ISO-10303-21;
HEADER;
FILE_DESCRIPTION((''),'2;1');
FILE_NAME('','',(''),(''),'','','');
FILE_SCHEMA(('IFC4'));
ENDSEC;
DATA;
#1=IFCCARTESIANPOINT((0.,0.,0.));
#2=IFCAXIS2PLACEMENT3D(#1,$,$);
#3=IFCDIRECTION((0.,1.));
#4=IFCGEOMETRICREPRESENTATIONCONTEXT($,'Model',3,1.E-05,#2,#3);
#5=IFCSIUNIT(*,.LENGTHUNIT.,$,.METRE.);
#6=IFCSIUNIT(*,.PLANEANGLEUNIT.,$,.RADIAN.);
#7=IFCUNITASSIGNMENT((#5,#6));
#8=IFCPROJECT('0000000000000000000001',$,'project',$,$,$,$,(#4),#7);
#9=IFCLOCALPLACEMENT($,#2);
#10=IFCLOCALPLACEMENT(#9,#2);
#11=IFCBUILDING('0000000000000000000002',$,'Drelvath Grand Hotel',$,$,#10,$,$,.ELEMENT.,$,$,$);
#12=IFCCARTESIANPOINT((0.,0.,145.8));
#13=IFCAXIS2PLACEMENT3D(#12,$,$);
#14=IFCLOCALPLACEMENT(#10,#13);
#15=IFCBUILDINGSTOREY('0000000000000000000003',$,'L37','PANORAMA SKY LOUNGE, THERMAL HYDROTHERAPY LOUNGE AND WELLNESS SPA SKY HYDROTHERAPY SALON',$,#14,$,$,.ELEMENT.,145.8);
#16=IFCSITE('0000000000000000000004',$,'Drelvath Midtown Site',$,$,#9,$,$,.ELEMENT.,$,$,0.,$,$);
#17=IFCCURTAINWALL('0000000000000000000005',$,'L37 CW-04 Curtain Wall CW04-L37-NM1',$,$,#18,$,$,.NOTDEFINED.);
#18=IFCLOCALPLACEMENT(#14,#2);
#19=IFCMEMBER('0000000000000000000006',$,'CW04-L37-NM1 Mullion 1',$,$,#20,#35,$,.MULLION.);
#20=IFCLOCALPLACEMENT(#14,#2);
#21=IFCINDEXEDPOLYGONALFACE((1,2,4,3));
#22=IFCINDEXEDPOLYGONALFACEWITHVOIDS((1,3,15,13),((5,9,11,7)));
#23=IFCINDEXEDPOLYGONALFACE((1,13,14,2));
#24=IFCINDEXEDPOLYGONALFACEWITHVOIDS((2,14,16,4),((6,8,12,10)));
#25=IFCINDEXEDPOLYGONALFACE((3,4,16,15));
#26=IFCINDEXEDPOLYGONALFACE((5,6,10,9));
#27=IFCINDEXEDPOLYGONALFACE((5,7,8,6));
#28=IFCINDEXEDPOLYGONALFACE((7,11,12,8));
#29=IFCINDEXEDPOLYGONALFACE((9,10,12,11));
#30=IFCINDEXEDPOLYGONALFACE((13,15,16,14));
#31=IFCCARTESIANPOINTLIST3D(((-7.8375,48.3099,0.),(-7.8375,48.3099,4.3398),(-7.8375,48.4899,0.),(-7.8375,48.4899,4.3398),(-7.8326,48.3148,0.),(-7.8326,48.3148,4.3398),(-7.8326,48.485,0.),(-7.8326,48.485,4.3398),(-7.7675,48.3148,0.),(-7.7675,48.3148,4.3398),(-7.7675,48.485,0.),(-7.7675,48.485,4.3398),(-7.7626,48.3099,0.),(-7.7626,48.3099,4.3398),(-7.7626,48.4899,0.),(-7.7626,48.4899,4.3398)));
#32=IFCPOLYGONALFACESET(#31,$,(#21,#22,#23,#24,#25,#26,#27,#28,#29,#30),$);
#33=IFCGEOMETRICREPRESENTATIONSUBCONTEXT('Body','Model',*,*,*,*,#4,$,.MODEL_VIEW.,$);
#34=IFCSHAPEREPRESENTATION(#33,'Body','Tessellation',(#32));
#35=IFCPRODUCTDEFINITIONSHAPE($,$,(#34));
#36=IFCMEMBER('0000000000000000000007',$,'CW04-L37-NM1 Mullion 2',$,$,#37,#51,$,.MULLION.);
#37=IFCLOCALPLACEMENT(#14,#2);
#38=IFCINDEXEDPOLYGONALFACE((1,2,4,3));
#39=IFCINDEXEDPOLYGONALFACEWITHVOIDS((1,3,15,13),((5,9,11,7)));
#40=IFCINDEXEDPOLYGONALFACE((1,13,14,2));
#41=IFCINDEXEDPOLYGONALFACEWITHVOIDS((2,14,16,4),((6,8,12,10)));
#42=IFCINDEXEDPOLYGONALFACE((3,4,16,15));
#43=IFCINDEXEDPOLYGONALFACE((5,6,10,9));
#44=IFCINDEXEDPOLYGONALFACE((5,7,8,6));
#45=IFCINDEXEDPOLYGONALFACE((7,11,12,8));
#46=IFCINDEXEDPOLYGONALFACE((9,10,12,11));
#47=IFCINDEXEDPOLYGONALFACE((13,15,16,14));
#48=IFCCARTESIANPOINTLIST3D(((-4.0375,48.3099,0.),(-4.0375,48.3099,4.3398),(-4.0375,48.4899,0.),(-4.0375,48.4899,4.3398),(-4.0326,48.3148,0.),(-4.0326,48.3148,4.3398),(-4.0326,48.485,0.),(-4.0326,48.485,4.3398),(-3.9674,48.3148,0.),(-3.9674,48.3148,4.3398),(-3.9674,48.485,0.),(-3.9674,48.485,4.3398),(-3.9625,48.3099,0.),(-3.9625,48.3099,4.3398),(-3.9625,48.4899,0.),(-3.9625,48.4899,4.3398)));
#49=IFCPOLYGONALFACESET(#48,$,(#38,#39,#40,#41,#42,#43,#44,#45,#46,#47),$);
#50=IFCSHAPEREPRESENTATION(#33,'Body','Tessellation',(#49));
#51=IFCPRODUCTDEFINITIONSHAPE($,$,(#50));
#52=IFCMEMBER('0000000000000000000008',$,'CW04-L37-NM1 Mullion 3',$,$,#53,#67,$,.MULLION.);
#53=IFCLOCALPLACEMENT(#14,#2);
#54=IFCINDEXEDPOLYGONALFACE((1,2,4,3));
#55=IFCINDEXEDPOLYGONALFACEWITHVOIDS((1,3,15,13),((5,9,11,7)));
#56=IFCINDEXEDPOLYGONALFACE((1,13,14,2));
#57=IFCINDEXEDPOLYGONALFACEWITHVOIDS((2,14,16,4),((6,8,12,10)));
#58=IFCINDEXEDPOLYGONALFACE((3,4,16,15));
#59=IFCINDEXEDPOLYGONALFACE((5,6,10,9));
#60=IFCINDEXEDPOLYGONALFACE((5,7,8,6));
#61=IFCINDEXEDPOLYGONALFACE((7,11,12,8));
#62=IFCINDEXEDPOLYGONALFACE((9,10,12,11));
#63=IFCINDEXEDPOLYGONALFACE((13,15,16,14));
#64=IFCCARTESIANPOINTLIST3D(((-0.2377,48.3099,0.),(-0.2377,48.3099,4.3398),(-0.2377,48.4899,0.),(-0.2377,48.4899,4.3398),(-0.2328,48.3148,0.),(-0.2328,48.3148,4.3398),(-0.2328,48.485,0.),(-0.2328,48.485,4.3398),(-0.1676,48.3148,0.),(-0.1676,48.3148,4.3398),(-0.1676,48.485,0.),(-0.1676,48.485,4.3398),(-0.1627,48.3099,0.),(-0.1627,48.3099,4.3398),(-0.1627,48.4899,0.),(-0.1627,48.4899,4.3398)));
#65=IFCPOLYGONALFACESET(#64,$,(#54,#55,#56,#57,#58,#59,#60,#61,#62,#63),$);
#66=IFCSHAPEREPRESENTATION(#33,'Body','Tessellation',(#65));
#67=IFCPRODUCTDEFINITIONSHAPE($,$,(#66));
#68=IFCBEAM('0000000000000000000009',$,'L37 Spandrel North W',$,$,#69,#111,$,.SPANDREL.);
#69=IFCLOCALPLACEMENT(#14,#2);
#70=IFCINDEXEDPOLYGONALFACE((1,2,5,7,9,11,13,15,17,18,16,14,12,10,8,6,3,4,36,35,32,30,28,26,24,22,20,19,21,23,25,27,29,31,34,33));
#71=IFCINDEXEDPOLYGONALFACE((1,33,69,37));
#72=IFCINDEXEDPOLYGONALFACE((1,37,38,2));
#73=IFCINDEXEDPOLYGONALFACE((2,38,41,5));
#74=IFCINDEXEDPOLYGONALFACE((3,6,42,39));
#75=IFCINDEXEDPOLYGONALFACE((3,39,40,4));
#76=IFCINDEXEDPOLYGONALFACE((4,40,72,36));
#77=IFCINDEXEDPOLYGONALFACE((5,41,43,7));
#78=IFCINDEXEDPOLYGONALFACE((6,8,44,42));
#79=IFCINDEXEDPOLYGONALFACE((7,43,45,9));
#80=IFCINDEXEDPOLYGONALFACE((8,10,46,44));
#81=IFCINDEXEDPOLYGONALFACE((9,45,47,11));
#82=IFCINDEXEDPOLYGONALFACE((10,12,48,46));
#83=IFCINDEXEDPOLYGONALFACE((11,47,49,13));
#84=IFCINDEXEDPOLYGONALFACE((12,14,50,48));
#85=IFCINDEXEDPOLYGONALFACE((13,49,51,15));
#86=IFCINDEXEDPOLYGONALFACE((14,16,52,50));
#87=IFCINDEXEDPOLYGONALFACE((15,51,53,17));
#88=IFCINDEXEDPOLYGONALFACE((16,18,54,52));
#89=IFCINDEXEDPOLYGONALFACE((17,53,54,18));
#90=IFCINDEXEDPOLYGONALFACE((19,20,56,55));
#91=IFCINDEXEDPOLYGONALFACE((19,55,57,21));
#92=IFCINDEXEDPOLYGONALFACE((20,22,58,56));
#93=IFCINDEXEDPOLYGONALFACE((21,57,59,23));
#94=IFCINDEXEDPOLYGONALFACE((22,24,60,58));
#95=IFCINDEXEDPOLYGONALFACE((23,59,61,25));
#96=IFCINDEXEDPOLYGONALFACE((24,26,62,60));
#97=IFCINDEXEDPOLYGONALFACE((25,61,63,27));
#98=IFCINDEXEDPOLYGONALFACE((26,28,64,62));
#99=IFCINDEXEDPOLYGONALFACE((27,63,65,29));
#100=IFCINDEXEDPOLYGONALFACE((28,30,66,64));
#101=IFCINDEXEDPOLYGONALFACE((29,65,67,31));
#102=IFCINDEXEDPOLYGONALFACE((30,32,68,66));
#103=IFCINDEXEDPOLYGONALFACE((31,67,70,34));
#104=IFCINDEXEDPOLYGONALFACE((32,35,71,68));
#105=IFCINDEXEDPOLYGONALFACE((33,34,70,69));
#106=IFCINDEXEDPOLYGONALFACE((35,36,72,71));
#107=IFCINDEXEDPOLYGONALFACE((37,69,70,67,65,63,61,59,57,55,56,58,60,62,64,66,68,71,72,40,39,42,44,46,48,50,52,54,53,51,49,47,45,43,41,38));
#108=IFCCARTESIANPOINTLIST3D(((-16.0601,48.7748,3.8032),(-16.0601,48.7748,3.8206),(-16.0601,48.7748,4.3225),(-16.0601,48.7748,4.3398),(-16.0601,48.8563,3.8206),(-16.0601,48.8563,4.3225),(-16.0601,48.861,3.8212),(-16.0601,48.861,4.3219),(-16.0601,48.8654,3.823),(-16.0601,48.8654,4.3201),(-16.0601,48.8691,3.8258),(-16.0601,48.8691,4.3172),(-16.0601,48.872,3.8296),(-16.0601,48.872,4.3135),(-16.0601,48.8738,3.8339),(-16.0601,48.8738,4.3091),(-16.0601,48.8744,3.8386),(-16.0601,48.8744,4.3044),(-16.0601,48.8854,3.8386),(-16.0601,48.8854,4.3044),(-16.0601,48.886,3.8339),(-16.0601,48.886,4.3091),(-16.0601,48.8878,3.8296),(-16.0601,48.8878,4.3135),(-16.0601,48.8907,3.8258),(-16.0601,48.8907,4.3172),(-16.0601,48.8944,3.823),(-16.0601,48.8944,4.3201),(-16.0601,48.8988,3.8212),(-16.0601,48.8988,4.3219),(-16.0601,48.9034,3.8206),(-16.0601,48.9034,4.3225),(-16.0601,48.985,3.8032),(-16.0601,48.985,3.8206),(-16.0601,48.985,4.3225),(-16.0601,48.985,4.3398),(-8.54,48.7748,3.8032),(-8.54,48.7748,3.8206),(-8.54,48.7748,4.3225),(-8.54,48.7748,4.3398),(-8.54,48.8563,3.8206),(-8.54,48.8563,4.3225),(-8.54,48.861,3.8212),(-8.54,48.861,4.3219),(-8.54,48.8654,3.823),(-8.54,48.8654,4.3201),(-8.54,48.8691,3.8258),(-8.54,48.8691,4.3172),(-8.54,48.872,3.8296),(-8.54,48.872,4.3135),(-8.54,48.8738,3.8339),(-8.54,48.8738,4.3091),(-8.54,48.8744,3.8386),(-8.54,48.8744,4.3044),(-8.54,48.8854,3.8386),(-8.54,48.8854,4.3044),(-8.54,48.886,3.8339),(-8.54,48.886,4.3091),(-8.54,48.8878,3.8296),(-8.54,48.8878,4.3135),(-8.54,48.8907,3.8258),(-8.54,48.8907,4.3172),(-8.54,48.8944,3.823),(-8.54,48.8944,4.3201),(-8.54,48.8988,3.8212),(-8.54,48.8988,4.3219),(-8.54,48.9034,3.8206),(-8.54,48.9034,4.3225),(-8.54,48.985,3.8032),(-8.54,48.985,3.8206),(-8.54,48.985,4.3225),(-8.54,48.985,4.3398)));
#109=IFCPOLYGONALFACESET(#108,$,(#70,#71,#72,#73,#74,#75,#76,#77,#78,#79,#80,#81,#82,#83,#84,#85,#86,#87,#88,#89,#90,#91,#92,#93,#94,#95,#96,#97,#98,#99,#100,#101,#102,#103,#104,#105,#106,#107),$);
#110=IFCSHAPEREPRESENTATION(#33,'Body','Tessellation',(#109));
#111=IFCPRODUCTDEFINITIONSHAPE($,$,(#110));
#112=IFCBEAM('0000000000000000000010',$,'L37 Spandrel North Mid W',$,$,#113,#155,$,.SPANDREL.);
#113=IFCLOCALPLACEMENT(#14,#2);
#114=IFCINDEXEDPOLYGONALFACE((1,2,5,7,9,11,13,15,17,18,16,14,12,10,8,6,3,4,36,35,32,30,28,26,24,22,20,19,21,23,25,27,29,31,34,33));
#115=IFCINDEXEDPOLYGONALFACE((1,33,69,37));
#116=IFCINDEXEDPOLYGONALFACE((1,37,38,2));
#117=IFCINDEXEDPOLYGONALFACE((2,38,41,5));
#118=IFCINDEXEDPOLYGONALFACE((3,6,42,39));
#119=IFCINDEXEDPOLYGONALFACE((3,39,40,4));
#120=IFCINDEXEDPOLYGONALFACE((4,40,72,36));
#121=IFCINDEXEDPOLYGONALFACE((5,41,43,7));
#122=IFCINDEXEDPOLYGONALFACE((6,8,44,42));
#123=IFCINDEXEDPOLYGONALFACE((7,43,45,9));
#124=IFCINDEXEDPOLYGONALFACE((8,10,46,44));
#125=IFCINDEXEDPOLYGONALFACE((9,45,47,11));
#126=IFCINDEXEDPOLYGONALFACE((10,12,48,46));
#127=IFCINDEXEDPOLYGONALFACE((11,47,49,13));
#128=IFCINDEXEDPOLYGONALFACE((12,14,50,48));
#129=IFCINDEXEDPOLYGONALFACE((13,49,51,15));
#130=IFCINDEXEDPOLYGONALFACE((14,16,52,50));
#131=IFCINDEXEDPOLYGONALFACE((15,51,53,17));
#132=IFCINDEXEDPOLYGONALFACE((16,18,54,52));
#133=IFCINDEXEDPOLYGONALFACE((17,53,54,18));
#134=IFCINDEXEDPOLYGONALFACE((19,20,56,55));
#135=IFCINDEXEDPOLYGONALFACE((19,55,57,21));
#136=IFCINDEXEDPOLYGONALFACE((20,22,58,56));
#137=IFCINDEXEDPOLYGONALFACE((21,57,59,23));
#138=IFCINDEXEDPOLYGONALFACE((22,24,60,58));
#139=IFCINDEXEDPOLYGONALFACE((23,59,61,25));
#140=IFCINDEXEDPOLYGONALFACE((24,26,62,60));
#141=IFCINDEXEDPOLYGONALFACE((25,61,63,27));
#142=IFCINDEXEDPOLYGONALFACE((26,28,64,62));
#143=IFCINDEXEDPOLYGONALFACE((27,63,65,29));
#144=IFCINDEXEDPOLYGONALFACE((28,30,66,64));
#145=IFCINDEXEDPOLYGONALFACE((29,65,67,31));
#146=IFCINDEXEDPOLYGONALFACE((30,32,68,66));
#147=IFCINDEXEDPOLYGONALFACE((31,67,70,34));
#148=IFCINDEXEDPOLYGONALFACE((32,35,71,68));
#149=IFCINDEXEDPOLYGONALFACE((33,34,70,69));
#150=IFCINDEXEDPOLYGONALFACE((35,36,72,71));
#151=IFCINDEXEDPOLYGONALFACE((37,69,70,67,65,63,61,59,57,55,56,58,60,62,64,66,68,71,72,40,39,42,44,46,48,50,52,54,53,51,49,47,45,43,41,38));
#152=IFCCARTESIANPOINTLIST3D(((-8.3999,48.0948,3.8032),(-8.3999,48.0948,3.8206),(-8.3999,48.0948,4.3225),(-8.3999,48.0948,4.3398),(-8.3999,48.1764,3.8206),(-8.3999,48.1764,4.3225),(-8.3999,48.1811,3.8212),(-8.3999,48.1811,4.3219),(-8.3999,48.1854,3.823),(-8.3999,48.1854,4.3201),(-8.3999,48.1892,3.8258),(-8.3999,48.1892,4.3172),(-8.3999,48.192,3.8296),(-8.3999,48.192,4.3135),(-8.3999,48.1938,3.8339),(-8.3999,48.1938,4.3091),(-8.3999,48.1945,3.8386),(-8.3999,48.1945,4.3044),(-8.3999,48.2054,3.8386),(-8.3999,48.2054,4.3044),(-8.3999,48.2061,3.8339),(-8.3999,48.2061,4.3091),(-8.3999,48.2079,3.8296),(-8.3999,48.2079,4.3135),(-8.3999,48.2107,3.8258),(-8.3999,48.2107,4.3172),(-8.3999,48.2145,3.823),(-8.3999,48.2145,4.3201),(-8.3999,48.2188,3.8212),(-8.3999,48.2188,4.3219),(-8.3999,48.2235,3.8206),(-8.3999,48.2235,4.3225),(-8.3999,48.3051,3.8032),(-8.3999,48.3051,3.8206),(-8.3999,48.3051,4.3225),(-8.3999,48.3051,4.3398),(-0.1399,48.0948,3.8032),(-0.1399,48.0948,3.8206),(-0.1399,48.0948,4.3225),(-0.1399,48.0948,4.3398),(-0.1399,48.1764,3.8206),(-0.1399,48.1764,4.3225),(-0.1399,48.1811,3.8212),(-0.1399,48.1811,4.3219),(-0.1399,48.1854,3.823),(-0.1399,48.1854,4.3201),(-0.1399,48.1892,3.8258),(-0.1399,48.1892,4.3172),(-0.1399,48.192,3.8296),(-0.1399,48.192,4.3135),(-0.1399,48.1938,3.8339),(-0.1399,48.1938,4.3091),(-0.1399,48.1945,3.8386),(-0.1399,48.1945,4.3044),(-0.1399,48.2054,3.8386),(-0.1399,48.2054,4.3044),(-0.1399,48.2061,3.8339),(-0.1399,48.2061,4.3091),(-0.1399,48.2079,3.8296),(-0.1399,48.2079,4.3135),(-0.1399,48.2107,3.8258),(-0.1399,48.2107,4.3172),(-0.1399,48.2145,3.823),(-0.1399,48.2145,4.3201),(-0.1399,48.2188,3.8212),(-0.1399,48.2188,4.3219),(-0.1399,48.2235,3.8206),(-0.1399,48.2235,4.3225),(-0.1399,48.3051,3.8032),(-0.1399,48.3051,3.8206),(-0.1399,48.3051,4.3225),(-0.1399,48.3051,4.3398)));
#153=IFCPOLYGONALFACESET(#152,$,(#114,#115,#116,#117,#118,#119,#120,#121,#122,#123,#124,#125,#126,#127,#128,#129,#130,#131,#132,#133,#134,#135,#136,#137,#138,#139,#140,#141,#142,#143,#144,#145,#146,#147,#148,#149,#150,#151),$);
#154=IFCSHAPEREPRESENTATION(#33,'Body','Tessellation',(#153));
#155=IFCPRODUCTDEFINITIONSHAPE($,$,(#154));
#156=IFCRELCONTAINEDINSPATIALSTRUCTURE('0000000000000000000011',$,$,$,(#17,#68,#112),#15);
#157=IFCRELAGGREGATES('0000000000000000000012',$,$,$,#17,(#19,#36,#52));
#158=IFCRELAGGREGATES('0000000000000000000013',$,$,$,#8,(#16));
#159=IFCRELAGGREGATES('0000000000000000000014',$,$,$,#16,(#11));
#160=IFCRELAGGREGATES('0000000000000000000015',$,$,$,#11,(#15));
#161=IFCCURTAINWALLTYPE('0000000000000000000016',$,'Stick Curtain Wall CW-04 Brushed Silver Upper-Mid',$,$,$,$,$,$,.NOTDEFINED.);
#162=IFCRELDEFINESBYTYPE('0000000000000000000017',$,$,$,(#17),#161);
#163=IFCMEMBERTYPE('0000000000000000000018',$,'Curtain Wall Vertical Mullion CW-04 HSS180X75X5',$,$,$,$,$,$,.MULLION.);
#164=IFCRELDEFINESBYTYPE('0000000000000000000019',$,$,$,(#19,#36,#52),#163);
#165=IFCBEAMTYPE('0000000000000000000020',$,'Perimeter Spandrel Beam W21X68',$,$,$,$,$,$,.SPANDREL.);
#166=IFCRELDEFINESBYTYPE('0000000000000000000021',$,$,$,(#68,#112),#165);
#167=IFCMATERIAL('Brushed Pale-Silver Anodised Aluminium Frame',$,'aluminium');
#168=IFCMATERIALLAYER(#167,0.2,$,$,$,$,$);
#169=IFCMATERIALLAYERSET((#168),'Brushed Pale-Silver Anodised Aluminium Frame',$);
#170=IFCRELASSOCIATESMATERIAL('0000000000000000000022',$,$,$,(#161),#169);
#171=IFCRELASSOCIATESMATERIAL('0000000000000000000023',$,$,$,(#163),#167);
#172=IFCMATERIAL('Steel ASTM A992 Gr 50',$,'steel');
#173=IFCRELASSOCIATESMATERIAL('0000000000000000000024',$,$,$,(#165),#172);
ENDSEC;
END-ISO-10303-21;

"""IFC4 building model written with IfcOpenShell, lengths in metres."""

from ifc_helpers import new_model, si_unit, direction, frame, origin, origin_2d, place, context, subcontext, project, spatial, hollow_rectangle, i_section, extrude, material, layer, layer_set, material_profile, profile_set, type_object, element, aggregate, save


model = new_model("IFC4")

# Units and contexts
model_context = context("Model", 3, precision=1e-05, world=origin(), true_north=direction((0.0, 1.0)))
body_context = subcontext(model_context, "Body", "Model", "MODEL_VIEW")
ifc_project = project(units=[si_unit("LENGTHUNIT", "METRE"), si_unit("PLANEANGLEUNIT", "RADIAN")], contexts=[model_context])

# Site, building, storey
site_placement = place(None, origin())
site = spatial("IfcSite", under=ifc_project, at=site_placement, Name="Drelvath Midtown Site", CompositionType="ELEMENT", RefElevation=0.0)
building_placement = place(site_placement, origin())
building = spatial("IfcBuilding", under=site, at=building_placement, Name="Drelvath Grand Hotel", CompositionType="ELEMENT")
storey_placement = place(building_placement, frame((0.0, 0.0, 145.8)))
storey = spatial("IfcBuildingStorey", under=building, at=storey_placement, Name="L37", Description="PANORAMA SKY LOUNGE, THERMAL HYDROTHERAPY LOUNGE AND WELLNESS SPA SKY HYDROTHERAPY SALON", CompositionType="ELEMENT", Elevation=145.8)

# Shared definitions
ifc_material_1 = material(Name="Steel ASTM A992 Gr 50", Category="steel")

# Curtain wall, members
ifc_material_2 = material(Name="Brushed Pale-Silver Anodised Aluminium Frame", Category="aluminium")
ifc_layer_1 = layer(ifc_material_2, 0.2)
ifc_layer_set_1 = layer_set([ifc_layer_1], Name="Brushed Pale-Silver Anodised Aluminium Frame")
curtain_wall_type = type_object("IfcCurtainWallType", Name="Stick Curtain Wall CW-04 Brushed Silver Upper-Mid", PredefinedType="NOTDEFINED", material=ifc_layer_set_1)
curtain_wall_placement = place(storey_placement, origin())
curtain_wall = element("IfcCurtainWall", 1, at=curtain_wall_placement, inside=storey, type_object=curtain_wall_type, Name="L37 CW-04 Curtain Wall CW04-L37-NM1", PredefinedType="NOTDEFINED")
ifc_material_profile_1 = material_profile(ifc_material_2, hollow_rectangle(XDim=0.075, YDim=0.1799, WallThickness=0.0049, at=origin_2d()), Name="HSS180X75X5")
ifc_profile_set_1 = profile_set([ifc_material_profile_1], Name="Brushed Pale-Silver Anodised Aluminium Frame")
member_type_1 = type_object("IfcMemberType", Name="Curtain Wall Vertical Mullion CW-04 HSS180X75X5", PredefinedType="MULLION", material=ifc_profile_set_1)
member_1_placement = place(storey_placement, frame((-7.8, 48.3999, 0.0), z_axis=(0.0, 0.0, 1.0), x_axis=(1.0, 0.0, 0.0)))
member_1 = element("IfcMember", 2, at=member_1_placement, type_object=member_type_1, Name="CW04-L37-NM1 Mullion 1", PredefinedType="MULLION", context=body_context, shape_type="SweptSolid", body=[
    extrude(hollow_rectangle(XDim=0.075, YDim=0.1799, WallThickness=0.0049, at=origin_2d()), origin(), (0.0, 0.0, 1.0), 4.3398),
])
member_2_placement = place(storey_placement, frame((-4.0, 48.3999, 0.0), z_axis=(0.0, 0.0, 1.0), x_axis=(1.0, 0.0, 0.0)))
member_2 = element("IfcMember", 3, at=member_2_placement, type_object=member_type_1, Name="CW04-L37-NM1 Mullion 2", PredefinedType="MULLION", context=body_context, shape_type="SweptSolid", body=[
    extrude(hollow_rectangle(XDim=0.075, YDim=0.1799, WallThickness=0.0049, at=origin_2d()), origin(), (0.0, 0.0, 1.0), 4.3398),
])
member_3_placement = place(storey_placement, frame((-0.2002, 48.3999, 0.0), z_axis=(0.0, 0.0, 1.0), x_axis=(1.0, 0.0, 0.0)))
member_3 = element("IfcMember", 4, at=member_3_placement, type_object=member_type_1, Name="CW04-L37-NM1 Mullion 3", PredefinedType="MULLION", context=body_context, shape_type="SweptSolid", body=[
    extrude(hollow_rectangle(XDim=0.075, YDim=0.1799, WallThickness=0.0049, at=origin_2d()), origin(), (0.0, 0.0, 1.0), 4.3398),
])

# Beams
ifc_material_profile_2 = material_profile(ifc_material_1, i_section(OverallWidth=0.2102, OverallDepth=0.5366, WebThickness=0.011, FlangeThickness=0.0173, FilletRadius=0.0181, at=origin_2d()), Name="W21X68")
ifc_profile_set_2 = profile_set([ifc_material_profile_2], Name="Steel ASTM A992 Gr 50")
beam_type_1 = type_object("IfcBeamType", Name="Perimeter Spandrel Beam W21X68", PredefinedType="SPANDREL", material=ifc_profile_set_2)
beam_1_placement = place(storey_placement, frame((-16.0601, 48.8799, 4.0715), z_axis=(1.0, 0.0, 0.0), x_axis=(0.0, 1.0, 0.0)))
element("IfcBeam", 5, at=beam_1_placement, inside=storey, type_object=beam_type_1, Name="L37 Spandrel North W", PredefinedType="SPANDREL", context=body_context, shape_type="SweptSolid", body=[
    extrude(i_section(OverallWidth=0.2102, OverallDepth=0.5366, WebThickness=0.011, FlangeThickness=0.0173, FilletRadius=0.0181, at=origin_2d()), origin(), (0.0, 0.0, 1.0), 7.52),
])
beam_2_placement = place(storey_placement, frame((-8.3999, 48.2, 4.0715), z_axis=(1.0, 0.0, 0.0), x_axis=(0.0, 1.0, 0.0)))
element("IfcBeam", 6, at=beam_2_placement, inside=storey, type_object=beam_type_1, Name="L37 Spandrel North Mid W", PredefinedType="SPANDREL", context=body_context, shape_type="SweptSolid", body=[
    extrude(i_section(OverallWidth=0.2102, OverallDepth=0.5366, WebThickness=0.011, FlangeThickness=0.0173, FilletRadius=0.0181, at=origin_2d()), origin(), (0.0, 0.0, 1.0), 8.26),
])

aggregate(curtain_wall, [member_1, member_2, member_3])

save(model, "model.ifc")
